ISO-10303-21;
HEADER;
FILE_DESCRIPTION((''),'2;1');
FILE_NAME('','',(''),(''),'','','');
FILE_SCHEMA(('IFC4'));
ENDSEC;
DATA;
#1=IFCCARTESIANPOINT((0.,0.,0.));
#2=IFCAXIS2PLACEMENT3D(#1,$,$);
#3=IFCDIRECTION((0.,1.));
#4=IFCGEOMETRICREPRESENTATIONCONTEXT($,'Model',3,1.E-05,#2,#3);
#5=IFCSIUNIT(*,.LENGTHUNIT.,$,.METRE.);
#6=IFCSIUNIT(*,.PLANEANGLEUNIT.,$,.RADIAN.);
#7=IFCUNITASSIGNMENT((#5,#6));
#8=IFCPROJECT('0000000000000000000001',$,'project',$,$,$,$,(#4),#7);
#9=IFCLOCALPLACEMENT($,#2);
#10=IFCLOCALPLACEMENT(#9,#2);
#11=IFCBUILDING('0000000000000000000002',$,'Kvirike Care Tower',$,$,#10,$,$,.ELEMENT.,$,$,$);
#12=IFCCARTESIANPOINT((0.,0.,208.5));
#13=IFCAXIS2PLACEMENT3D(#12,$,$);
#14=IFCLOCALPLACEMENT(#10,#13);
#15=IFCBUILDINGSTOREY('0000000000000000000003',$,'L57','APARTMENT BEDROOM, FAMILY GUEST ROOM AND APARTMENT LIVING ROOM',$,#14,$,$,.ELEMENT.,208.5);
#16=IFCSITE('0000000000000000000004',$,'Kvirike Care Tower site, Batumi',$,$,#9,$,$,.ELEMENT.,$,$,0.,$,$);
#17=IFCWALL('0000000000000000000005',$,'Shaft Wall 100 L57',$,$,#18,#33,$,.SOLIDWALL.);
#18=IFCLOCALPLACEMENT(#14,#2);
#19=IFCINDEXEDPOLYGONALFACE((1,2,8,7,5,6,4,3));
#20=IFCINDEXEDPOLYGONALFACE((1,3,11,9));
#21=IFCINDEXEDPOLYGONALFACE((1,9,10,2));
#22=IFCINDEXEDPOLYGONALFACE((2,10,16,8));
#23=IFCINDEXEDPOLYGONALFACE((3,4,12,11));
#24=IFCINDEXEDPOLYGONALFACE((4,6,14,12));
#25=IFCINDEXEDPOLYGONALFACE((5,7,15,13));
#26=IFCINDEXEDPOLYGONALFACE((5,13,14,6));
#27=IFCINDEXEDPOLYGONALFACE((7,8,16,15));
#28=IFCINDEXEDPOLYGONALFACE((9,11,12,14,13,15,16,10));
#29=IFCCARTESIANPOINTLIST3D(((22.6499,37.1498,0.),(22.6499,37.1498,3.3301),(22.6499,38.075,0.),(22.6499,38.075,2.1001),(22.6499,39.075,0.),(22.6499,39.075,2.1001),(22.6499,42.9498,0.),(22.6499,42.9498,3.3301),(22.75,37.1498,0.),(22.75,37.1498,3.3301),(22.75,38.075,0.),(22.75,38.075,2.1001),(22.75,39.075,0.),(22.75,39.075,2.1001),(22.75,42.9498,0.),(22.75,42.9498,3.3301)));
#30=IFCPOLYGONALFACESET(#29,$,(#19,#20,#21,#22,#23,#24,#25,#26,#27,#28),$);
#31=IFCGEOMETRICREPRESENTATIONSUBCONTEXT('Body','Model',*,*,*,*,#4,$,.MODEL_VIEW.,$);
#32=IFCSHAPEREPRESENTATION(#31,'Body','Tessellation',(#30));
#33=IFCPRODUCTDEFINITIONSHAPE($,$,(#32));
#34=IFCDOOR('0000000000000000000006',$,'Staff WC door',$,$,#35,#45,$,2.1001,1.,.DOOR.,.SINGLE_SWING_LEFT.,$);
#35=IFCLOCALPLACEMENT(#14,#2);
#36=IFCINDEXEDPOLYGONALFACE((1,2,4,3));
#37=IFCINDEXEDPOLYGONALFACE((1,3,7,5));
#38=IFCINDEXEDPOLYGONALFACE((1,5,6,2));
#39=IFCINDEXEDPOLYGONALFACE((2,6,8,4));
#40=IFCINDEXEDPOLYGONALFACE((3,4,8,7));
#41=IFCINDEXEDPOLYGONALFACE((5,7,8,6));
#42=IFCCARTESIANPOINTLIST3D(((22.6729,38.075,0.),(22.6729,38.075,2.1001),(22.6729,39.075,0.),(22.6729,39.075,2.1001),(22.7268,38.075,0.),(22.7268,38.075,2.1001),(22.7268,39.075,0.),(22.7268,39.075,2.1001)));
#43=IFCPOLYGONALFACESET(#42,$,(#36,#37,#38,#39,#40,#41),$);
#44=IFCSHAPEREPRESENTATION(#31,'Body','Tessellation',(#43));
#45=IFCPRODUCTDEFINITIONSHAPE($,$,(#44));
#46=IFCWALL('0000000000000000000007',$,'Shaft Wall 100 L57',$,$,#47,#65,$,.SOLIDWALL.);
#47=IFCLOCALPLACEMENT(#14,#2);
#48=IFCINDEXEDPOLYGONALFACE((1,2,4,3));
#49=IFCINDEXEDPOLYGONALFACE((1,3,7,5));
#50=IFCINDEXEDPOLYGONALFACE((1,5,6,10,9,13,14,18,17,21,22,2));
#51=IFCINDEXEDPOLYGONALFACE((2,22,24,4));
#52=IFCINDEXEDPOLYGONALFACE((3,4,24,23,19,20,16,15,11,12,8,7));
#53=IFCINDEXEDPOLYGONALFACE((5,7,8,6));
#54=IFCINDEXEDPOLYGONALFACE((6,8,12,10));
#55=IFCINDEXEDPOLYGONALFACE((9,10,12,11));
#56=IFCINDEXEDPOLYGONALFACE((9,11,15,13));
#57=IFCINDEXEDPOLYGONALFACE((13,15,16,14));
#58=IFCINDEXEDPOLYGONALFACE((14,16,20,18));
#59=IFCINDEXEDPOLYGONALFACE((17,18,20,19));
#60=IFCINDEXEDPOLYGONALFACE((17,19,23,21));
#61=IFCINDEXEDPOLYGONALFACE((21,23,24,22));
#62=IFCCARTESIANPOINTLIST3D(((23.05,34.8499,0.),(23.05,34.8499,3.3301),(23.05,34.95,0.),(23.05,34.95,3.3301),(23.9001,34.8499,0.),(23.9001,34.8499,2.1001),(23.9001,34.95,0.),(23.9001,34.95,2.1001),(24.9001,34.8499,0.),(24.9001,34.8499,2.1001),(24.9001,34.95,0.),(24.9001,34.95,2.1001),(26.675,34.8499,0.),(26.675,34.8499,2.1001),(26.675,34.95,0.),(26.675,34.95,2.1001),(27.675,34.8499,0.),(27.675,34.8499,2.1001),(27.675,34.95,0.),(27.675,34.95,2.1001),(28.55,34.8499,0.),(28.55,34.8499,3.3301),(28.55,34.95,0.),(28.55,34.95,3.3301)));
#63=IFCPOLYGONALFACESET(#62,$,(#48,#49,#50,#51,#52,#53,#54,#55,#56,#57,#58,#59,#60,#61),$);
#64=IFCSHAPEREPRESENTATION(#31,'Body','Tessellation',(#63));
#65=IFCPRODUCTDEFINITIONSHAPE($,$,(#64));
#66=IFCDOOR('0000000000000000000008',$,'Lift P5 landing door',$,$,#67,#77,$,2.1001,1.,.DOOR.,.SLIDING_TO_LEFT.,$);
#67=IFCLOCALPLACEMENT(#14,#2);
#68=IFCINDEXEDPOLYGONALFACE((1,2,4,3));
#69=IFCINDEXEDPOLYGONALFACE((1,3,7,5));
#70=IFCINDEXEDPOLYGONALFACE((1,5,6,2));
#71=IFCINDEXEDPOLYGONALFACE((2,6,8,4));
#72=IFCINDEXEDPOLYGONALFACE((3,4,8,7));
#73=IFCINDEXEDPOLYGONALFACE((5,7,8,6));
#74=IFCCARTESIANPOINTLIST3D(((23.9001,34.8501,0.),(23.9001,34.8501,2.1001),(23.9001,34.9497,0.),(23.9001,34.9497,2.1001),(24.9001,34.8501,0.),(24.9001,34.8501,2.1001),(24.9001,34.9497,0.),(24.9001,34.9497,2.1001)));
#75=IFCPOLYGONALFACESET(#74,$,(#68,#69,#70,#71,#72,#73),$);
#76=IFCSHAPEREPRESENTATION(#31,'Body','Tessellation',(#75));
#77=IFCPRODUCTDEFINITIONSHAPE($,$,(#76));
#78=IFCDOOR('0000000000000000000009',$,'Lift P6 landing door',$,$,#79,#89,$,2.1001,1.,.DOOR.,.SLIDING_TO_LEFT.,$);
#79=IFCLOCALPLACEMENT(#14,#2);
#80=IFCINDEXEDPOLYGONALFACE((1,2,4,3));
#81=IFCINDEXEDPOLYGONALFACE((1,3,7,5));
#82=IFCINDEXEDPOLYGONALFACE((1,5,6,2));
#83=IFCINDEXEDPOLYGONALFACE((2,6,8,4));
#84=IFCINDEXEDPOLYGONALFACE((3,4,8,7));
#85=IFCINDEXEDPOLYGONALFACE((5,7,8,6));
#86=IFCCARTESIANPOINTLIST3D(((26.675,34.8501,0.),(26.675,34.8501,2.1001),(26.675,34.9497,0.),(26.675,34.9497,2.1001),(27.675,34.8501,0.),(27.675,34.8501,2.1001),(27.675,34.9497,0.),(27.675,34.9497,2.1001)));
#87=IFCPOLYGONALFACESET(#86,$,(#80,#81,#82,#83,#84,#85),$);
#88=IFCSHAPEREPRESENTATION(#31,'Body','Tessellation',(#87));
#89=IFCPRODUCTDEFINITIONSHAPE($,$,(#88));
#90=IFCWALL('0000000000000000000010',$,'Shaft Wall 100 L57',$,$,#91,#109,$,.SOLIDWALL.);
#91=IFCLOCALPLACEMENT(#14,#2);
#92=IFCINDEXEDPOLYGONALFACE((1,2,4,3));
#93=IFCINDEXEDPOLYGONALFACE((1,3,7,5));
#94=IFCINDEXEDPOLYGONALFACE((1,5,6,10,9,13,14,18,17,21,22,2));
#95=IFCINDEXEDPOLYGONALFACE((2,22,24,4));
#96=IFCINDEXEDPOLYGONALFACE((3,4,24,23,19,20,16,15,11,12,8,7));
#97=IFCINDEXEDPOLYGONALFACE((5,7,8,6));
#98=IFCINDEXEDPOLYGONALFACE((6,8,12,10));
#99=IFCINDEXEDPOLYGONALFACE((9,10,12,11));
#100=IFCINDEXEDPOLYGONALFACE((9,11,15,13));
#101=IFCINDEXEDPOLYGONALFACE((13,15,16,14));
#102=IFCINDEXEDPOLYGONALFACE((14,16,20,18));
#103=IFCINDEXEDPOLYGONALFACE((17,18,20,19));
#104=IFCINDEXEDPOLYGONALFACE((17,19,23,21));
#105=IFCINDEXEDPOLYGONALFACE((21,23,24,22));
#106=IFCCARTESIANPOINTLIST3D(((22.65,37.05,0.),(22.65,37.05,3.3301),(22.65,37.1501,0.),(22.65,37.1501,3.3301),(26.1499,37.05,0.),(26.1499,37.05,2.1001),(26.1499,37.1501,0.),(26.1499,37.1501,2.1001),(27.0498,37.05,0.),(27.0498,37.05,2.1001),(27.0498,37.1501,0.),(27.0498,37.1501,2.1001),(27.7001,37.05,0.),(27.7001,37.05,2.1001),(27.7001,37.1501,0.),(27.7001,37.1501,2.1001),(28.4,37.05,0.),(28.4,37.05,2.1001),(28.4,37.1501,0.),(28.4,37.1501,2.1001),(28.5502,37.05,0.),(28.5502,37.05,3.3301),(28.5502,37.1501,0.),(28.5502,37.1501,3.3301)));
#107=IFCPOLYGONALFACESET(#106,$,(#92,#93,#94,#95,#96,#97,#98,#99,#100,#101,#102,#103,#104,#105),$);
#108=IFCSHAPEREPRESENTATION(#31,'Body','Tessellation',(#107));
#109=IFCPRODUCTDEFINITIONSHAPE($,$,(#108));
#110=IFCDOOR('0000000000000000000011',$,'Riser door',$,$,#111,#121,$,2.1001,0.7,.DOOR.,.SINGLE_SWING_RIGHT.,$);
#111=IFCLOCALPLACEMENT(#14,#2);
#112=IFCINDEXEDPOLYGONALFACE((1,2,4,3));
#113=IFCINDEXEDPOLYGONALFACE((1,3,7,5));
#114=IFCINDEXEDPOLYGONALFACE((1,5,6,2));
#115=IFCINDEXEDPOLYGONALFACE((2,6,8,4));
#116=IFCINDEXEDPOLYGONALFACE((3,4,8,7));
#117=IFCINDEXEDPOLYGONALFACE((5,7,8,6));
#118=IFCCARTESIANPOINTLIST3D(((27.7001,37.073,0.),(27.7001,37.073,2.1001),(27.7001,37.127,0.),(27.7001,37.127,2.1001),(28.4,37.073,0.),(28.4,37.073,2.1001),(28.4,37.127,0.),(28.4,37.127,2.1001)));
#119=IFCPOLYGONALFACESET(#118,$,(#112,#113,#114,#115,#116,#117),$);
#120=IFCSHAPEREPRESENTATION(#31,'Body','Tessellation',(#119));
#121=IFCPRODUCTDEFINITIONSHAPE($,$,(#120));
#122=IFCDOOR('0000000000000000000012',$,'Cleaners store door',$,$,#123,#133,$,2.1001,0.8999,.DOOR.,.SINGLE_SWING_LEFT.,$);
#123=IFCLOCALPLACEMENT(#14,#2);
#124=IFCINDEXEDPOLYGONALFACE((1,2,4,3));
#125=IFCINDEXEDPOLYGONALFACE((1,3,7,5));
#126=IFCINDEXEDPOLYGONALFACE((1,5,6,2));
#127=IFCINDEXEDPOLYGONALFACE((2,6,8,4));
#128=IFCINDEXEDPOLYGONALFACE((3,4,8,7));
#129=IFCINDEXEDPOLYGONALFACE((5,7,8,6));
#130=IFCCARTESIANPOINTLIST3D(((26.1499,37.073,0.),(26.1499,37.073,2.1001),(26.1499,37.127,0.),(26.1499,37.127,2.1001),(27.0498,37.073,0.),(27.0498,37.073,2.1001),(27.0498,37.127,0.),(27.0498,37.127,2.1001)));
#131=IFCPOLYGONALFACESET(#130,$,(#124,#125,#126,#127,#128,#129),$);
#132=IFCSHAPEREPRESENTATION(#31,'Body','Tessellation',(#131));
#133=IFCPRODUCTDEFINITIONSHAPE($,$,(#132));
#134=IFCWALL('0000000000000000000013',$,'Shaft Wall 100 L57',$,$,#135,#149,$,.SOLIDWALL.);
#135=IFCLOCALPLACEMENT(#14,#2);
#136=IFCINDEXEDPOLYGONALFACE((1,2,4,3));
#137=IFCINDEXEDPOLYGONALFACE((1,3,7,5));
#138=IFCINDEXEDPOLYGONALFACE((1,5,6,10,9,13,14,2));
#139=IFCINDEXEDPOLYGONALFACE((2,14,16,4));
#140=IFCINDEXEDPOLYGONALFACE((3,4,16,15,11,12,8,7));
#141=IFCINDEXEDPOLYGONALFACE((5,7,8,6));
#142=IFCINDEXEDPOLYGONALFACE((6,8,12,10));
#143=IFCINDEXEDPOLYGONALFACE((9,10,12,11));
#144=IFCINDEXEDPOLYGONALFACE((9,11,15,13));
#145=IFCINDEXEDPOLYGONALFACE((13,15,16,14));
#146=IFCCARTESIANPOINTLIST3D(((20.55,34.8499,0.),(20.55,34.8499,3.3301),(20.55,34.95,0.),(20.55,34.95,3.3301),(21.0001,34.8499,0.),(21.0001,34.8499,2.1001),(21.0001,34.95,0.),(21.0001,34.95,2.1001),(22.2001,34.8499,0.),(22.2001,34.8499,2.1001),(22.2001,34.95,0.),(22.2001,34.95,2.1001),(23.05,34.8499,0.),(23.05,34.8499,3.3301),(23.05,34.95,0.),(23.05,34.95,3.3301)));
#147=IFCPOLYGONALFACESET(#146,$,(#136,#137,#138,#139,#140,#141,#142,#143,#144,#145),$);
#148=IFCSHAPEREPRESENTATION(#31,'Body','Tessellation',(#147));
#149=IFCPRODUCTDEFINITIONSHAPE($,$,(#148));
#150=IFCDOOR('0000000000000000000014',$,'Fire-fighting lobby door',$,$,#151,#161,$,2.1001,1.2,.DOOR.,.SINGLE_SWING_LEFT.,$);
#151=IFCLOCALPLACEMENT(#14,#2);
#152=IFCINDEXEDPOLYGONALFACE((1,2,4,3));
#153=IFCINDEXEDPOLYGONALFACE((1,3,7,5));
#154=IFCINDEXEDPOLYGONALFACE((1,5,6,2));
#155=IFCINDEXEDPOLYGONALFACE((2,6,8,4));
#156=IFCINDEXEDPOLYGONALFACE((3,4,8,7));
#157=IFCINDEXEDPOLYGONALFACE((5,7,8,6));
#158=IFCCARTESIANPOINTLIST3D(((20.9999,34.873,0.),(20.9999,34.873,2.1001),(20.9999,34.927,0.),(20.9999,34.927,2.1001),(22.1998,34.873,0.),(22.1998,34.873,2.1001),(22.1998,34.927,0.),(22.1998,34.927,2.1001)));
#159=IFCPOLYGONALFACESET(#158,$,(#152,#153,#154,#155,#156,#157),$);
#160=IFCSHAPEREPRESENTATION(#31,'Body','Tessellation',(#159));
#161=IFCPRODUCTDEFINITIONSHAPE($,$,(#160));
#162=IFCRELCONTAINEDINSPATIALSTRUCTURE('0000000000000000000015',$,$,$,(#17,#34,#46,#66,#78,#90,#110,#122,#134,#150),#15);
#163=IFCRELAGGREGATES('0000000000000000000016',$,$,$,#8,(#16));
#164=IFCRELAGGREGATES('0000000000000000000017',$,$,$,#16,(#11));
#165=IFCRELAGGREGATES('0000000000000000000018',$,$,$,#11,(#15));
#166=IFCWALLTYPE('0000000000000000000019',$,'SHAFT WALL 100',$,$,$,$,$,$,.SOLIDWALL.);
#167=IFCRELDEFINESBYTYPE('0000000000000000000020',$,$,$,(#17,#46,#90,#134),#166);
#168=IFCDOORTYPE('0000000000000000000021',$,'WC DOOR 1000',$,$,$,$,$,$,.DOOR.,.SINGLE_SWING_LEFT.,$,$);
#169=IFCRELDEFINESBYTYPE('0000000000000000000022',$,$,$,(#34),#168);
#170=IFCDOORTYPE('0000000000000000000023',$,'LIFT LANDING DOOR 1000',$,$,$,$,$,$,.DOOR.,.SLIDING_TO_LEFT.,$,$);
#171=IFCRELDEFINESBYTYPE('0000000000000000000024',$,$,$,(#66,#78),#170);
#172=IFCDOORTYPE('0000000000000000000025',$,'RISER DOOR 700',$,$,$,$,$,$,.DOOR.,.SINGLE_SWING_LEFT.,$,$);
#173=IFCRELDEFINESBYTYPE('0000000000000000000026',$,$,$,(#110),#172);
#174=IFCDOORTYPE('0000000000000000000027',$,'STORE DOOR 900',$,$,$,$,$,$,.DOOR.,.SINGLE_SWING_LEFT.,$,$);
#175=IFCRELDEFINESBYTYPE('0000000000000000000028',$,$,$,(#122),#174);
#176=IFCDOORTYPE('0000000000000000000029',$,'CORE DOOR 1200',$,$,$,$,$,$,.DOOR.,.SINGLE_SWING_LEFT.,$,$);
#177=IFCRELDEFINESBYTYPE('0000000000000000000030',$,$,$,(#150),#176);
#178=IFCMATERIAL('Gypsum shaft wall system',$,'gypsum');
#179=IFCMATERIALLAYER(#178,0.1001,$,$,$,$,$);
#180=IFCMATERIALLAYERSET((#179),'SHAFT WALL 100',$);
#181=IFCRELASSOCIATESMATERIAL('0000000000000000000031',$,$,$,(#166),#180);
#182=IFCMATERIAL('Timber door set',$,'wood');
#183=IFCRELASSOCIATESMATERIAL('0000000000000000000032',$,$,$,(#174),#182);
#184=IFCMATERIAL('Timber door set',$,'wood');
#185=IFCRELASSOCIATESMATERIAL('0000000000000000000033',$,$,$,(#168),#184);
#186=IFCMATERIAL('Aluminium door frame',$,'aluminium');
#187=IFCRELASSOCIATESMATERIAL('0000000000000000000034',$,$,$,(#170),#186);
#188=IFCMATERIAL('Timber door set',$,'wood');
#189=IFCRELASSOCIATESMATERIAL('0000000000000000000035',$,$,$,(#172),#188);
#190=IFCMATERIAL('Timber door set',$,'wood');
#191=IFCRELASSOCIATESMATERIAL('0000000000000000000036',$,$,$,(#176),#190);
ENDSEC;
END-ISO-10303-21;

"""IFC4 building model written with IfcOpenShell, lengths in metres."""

from ifc_helpers import new_model, si_unit, direction, frame, frame_2d, origin, place, context, subcontext, project, spatial, rectangle, extrude, material, layer, layer_set, type_object, element, fill, save


model = new_model("IFC4")

# Units and contexts
model_context = context("Model", 3, precision=1e-05, world=origin(), true_north=direction((0.0, 1.0)))
body_context = subcontext(model_context, "Body", "Model", "MODEL_VIEW")
ifc_project = project(units=[si_unit("LENGTHUNIT", "METRE"), si_unit("PLANEANGLEUNIT", "RADIAN")], contexts=[model_context])

# Site, building, storey
site_placement = place(None, origin())
site = spatial("IfcSite", under=ifc_project, at=site_placement, Name="Kvirike Care Tower site, Batumi", CompositionType="ELEMENT", RefElevation=0.0)
building_placement = place(site_placement, origin())
building = spatial("IfcBuilding", under=site, at=building_placement, Name="Kvirike Care Tower", CompositionType="ELEMENT")
storey_placement = place(building_placement, frame((0.0, 0.0, 208.5)))
storey = spatial("IfcBuildingStorey", under=building, at=storey_placement, Name="L57", Description="APARTMENT BEDROOM, FAMILY GUEST ROOM AND APARTMENT LIVING ROOM", CompositionType="ELEMENT", Elevation=208.5)

# Shared definitions
ifc_material_1 = material(Name="Gypsum shaft wall system", Category="gypsum")
ifc_layer_1 = layer(ifc_material_1, 0.1001)
ifc_layer_set_1 = layer_set([ifc_layer_1], Name="SHAFT WALL 100")
wall_type = type_object("IfcWallType", Name="SHAFT WALL 100", PredefinedType="SOLIDWALL", material=ifc_layer_set_1)

# Wall, opening, door
ifc_material_2 = material(Name="Timber door set", Category="wood")
door_type_1 = type_object("IfcDoorType", Name="STORE DOOR 900", OperationType="SINGLE_SWING_LEFT", PredefinedType="DOOR", material=ifc_material_2)
wall_1_placement = place(storey_placement, frame((22.7, 37.1499, 0.0), z_axis=(0.0, 0.0, 1.0), x_axis=(0.0, 1.0, 0.0)))
wall_1 = element("IfcWall", 1, at=wall_1_placement, inside=storey, type_object=wall_type, Name="Shaft Wall 100 L57", PredefinedType="SOLIDWALL", context=body_context, shape_type="SweptSolid", body=[
    extrude(rectangle(XDim=5.8, YDim=0.1001, at=frame_2d((2.8999, 0.0))), origin(), (0.0, 0.0, 1.0), 3.3301),
])
opening_1_placement = place(wall_1_placement, frame((0.925, 0.0, 0.0)))
opening_1 = element("IfcOpeningElement", 2, at=opening_1_placement, cuts=wall_1, PredefinedType="OPENING", context=body_context, shape_type="SweptSolid", body=[
    extrude(rectangle(XDim=1.0, YDim=2.1001, at=frame_2d((0.5, 1.05))), frame((0.0, 0.0605, 0.0), z_axis=(0.0, -1.0, 0.0), x_axis=(1.0, 0.0, 0.0)), (0.0, 0.0, 1.0), 0.1211),
])
ifc_material_3 = material(Name="Timber door set", Category="wood")
door_type_2 = type_object("IfcDoorType", Name="WC DOOR 1000", OperationType="SINGLE_SWING_LEFT", PredefinedType="DOOR", material=ifc_material_3)
door_1_placement = place(opening_1_placement, frame((1.0, 0.0, 0.0), z_axis=(0.0, 0.0, 1.0), x_axis=(-1.0, 0.0, 0.0)))
door_1 = element("IfcDoor", 3, at=door_1_placement, inside=storey, type_object=door_type_2, Name="Staff WC door", OperationType="SINGLE_SWING_LEFT", OverallHeight=2.1001, OverallWidth=1.0, PredefinedType="DOOR", context=body_context, shape_type="SweptSolid", body=[
    extrude(rectangle(XDim=1.0, YDim=2.1001, at=frame_2d((0.5, 1.05))), frame((0.0, 0.0269, 0.0), z_axis=(0.0, -1.0, 0.0), x_axis=(1.0, 0.0, 0.0)), (0.0, 0.0, 1.0), 0.054),
])
fill(opening_1, door_1)

# Walls, openings, doors
wall_2_placement = place(storey_placement, frame((23.05, 34.8999, 0.0), z_axis=(0.0, 0.0, 1.0), x_axis=(1.0, 0.0, 0.0)))
wall_2 = element("IfcWall", 4, at=wall_2_placement, inside=storey, type_object=wall_type, Name="Shaft Wall 100 L57", PredefinedType="SOLIDWALL", context=body_context, shape_type="SweptSolid", body=[
    extrude(rectangle(XDim=5.5, YDim=0.1001, at=frame_2d((2.75, 0.0))), origin(), (0.0, 0.0, 1.0), 3.3301),
])
opening_2_placement = place(wall_2_placement, frame((0.8501, 0.0, 0.0)))
opening_2 = element("IfcOpeningElement", 5, at=opening_2_placement, cuts=wall_2, PredefinedType="OPENING", context=body_context, shape_type="SweptSolid", body=[
    extrude(rectangle(XDim=1.0, YDim=2.1001, at=frame_2d((0.5, 1.05))), frame((0.0, 0.0605, 0.0), z_axis=(0.0, -1.0, 0.0), x_axis=(1.0, 0.0, 0.0)), (0.0, 0.0, 1.0), 0.1211),
])
opening_3_placement = place(wall_2_placement, frame((3.625, 0.0, 0.0)))
opening_3 = element("IfcOpeningElement", 6, at=opening_3_placement, cuts=wall_2, PredefinedType="OPENING", context=body_context, shape_type="SweptSolid", body=[
    extrude(rectangle(XDim=1.0, YDim=2.1001, at=frame_2d((0.5, 1.05))), frame((0.0, 0.0605, 0.0), z_axis=(0.0, -1.0, 0.0), x_axis=(1.0, 0.0, 0.0)), (0.0, 0.0, 1.0), 0.1211),
])
ifc_material_4 = material(Name="Aluminium door frame", Category="aluminium")
door_type_3 = type_object("IfcDoorType", Name="LIFT LANDING DOOR 1000", OperationType="SLIDING_TO_LEFT", PredefinedType="DOOR", material=ifc_material_4)
door_2_placement = place(opening_2_placement, origin())
door_2 = element("IfcDoor", 7, at=door_2_placement, inside=storey, type_object=door_type_3, Name="Lift P5 landing door", OperationType="SLIDING_TO_LEFT", OverallHeight=2.1001, OverallWidth=1.0, PredefinedType="DOOR", context=body_context, shape_type="SweptSolid", body=[
    extrude(rectangle(XDim=1.0, YDim=2.1001, at=frame_2d((0.5, 1.05))), frame((0.0, 0.0498, 0.0), z_axis=(0.0, -1.0, 0.0), x_axis=(1.0, 0.0, 0.0)), (0.0, 0.0, 1.0), 0.0996),
])
fill(opening_2, door_2)
door_3_placement = place(opening_3_placement, origin())
door_3 = element("IfcDoor", 8, at=door_3_placement, inside=storey, type_object=door_type_3, Name="Lift P6 landing door", OperationType="SLIDING_TO_LEFT", OverallHeight=2.1001, OverallWidth=1.0, PredefinedType="DOOR", context=body_context, shape_type="SweptSolid", body=[
    extrude(rectangle(XDim=1.0, YDim=2.1001, at=frame_2d((0.5, 1.05))), frame((0.0, 0.0498, 0.0), z_axis=(0.0, -1.0, 0.0), x_axis=(1.0, 0.0, 0.0)), (0.0, 0.0, 1.0), 0.0996),
])
fill(opening_3, door_3)
wall_3_placement = place(storey_placement, frame((22.6499, 37.1001, 0.0), z_axis=(0.0, 0.0, 1.0), x_axis=(1.0, 0.0, 0.0)))
wall_3 = element("IfcWall", 9, at=wall_3_placement, inside=storey, type_object=wall_type, Name="Shaft Wall 100 L57", PredefinedType="SOLIDWALL", context=body_context, shape_type="SweptSolid", body=[
    extrude(rectangle(XDim=5.9001, YDim=0.1001, at=frame_2d((2.9502, 0.0))), origin(), (0.0, 0.0, 1.0), 3.3301),
])
opening_4_placement = place(wall_3_placement, frame((3.5, 0.0, 0.0)))
opening_4 = element("IfcOpeningElement", 10, at=opening_4_placement, cuts=wall_3, PredefinedType="OPENING", context=body_context, shape_type="SweptSolid", body=[
    extrude(rectangle(XDim=0.8999, YDim=2.1001, at=frame_2d((0.45, 1.05))), frame((0.0, 0.0605, 0.0), z_axis=(0.0, -1.0, 0.0), x_axis=(1.0, 0.0, 0.0)), (0.0, 0.0, 1.0), 0.1211),
])
opening_5_placement = place(wall_3_placement, frame((5.05, 0.0, 0.0)))
opening_5 = element("IfcOpeningElement", 11, at=opening_5_placement, cuts=wall_3, PredefinedType="OPENING", context=body_context, shape_type="SweptSolid", body=[
    extrude(rectangle(XDim=0.7, YDim=2.1001, at=frame_2d((0.3501, 1.05))), frame((0.0, 0.0605, 0.0), z_axis=(0.0, -1.0, 0.0), x_axis=(1.0, 0.0, 0.0)), (0.0, 0.0, 1.0), 0.1211),
])
ifc_material_5 = material(Name="Timber door set", Category="wood")
door_type_4 = type_object("IfcDoorType", Name="RISER DOOR 700", OperationType="SINGLE_SWING_LEFT", PredefinedType="DOOR", material=ifc_material_5)
door_4_placement = place(opening_5_placement, origin())
door_4 = element("IfcDoor", 12, at=door_4_placement, inside=storey, type_object=door_type_4, Name="Riser door", OperationType="SINGLE_SWING_RIGHT", OverallHeight=2.1001, OverallWidth=0.7, PredefinedType="DOOR", context=body_context, shape_type="SweptSolid", body=[
    extrude(rectangle(XDim=0.7, YDim=2.1001, at=frame_2d((0.3501, 1.05))), frame((0.0, 0.0269, 0.0), z_axis=(0.0, -1.0, 0.0), x_axis=(1.0, 0.0, 0.0)), (0.0, 0.0, 1.0), 0.054),
])
fill(opening_5, door_4)
door_5_placement = place(opening_4_placement, origin())
door_5 = element("IfcDoor", 13, at=door_5_placement, inside=storey, type_object=door_type_1, Name="Cleaners store door", OperationType="SINGLE_SWING_LEFT", OverallHeight=2.1001, OverallWidth=0.8999, PredefinedType="DOOR", context=body_context, shape_type="SweptSolid", body=[
    extrude(rectangle(XDim=0.8999, YDim=2.1001, at=frame_2d((0.45, 1.05))), frame((0.0, 0.0269, 0.0), z_axis=(0.0, -1.0, 0.0), x_axis=(1.0, 0.0, 0.0)), (0.0, 0.0, 1.0), 0.054),
])
fill(opening_4, door_5)

# Wall, opening, door
wall_4_placement = place(storey_placement, frame((20.55, 34.8999, 0.0), z_axis=(0.0, 0.0, 1.0), x_axis=(1.0, 0.0, 0.0)))
wall_4 = element("IfcWall", 14, at=wall_4_placement, inside=storey, type_object=wall_type, Name="Shaft Wall 100 L57", PredefinedType="SOLIDWALL", context=body_context, shape_type="SweptSolid", body=[
    extrude(rectangle(XDim=2.5, YDim=0.1001, at=frame_2d((1.25, 0.0))), origin(), (0.0, 0.0, 1.0), 3.3301),
])
opening_6_placement = place(wall_4_placement, frame((0.45, 0.0, 0.0)))
opening_6 = element("IfcOpeningElement", 15, at=opening_6_placement, cuts=wall_4, PredefinedType="OPENING", context=body_context, shape_type="SweptSolid", body=[
    extrude(rectangle(XDim=1.2, YDim=2.1001, at=frame_2d((0.6001, 1.05))), frame((0.0, 0.0605, 0.0), z_axis=(0.0, -1.0, 0.0), x_axis=(1.0, 0.0, 0.0)), (0.0, 0.0, 1.0), 0.1211),
])
ifc_material_6 = material(Name="Timber door set", Category="wood")
door_type_5 = type_object("IfcDoorType", Name="CORE DOOR 1200", OperationType="SINGLE_SWING_LEFT", PredefinedType="DOOR", material=ifc_material_6)
door_6_placement = place(opening_6_placement, frame((1.2, 0.0, 0.0), z_axis=(0.0, 0.0, 1.0), x_axis=(-1.0, 0.0, 0.0)))
door_6 = element("IfcDoor", 16, at=door_6_placement, inside=storey, type_object=door_type_5, Name="Fire-fighting lobby door", OperationType="SINGLE_SWING_LEFT", OverallHeight=2.1001, OverallWidth=1.2, PredefinedType="DOOR", context=body_context, shape_type="SweptSolid", body=[
    extrude(rectangle(XDim=1.2, YDim=2.1001, at=frame_2d((0.6001, 1.05))), frame((0.0, 0.0269, 0.0), z_axis=(0.0, -1.0, 0.0), x_axis=(1.0, 0.0, 0.0)), (0.0, 0.0, 1.0), 0.054),
])
fill(opening_6, door_6)

save(model, "model.ifc")
